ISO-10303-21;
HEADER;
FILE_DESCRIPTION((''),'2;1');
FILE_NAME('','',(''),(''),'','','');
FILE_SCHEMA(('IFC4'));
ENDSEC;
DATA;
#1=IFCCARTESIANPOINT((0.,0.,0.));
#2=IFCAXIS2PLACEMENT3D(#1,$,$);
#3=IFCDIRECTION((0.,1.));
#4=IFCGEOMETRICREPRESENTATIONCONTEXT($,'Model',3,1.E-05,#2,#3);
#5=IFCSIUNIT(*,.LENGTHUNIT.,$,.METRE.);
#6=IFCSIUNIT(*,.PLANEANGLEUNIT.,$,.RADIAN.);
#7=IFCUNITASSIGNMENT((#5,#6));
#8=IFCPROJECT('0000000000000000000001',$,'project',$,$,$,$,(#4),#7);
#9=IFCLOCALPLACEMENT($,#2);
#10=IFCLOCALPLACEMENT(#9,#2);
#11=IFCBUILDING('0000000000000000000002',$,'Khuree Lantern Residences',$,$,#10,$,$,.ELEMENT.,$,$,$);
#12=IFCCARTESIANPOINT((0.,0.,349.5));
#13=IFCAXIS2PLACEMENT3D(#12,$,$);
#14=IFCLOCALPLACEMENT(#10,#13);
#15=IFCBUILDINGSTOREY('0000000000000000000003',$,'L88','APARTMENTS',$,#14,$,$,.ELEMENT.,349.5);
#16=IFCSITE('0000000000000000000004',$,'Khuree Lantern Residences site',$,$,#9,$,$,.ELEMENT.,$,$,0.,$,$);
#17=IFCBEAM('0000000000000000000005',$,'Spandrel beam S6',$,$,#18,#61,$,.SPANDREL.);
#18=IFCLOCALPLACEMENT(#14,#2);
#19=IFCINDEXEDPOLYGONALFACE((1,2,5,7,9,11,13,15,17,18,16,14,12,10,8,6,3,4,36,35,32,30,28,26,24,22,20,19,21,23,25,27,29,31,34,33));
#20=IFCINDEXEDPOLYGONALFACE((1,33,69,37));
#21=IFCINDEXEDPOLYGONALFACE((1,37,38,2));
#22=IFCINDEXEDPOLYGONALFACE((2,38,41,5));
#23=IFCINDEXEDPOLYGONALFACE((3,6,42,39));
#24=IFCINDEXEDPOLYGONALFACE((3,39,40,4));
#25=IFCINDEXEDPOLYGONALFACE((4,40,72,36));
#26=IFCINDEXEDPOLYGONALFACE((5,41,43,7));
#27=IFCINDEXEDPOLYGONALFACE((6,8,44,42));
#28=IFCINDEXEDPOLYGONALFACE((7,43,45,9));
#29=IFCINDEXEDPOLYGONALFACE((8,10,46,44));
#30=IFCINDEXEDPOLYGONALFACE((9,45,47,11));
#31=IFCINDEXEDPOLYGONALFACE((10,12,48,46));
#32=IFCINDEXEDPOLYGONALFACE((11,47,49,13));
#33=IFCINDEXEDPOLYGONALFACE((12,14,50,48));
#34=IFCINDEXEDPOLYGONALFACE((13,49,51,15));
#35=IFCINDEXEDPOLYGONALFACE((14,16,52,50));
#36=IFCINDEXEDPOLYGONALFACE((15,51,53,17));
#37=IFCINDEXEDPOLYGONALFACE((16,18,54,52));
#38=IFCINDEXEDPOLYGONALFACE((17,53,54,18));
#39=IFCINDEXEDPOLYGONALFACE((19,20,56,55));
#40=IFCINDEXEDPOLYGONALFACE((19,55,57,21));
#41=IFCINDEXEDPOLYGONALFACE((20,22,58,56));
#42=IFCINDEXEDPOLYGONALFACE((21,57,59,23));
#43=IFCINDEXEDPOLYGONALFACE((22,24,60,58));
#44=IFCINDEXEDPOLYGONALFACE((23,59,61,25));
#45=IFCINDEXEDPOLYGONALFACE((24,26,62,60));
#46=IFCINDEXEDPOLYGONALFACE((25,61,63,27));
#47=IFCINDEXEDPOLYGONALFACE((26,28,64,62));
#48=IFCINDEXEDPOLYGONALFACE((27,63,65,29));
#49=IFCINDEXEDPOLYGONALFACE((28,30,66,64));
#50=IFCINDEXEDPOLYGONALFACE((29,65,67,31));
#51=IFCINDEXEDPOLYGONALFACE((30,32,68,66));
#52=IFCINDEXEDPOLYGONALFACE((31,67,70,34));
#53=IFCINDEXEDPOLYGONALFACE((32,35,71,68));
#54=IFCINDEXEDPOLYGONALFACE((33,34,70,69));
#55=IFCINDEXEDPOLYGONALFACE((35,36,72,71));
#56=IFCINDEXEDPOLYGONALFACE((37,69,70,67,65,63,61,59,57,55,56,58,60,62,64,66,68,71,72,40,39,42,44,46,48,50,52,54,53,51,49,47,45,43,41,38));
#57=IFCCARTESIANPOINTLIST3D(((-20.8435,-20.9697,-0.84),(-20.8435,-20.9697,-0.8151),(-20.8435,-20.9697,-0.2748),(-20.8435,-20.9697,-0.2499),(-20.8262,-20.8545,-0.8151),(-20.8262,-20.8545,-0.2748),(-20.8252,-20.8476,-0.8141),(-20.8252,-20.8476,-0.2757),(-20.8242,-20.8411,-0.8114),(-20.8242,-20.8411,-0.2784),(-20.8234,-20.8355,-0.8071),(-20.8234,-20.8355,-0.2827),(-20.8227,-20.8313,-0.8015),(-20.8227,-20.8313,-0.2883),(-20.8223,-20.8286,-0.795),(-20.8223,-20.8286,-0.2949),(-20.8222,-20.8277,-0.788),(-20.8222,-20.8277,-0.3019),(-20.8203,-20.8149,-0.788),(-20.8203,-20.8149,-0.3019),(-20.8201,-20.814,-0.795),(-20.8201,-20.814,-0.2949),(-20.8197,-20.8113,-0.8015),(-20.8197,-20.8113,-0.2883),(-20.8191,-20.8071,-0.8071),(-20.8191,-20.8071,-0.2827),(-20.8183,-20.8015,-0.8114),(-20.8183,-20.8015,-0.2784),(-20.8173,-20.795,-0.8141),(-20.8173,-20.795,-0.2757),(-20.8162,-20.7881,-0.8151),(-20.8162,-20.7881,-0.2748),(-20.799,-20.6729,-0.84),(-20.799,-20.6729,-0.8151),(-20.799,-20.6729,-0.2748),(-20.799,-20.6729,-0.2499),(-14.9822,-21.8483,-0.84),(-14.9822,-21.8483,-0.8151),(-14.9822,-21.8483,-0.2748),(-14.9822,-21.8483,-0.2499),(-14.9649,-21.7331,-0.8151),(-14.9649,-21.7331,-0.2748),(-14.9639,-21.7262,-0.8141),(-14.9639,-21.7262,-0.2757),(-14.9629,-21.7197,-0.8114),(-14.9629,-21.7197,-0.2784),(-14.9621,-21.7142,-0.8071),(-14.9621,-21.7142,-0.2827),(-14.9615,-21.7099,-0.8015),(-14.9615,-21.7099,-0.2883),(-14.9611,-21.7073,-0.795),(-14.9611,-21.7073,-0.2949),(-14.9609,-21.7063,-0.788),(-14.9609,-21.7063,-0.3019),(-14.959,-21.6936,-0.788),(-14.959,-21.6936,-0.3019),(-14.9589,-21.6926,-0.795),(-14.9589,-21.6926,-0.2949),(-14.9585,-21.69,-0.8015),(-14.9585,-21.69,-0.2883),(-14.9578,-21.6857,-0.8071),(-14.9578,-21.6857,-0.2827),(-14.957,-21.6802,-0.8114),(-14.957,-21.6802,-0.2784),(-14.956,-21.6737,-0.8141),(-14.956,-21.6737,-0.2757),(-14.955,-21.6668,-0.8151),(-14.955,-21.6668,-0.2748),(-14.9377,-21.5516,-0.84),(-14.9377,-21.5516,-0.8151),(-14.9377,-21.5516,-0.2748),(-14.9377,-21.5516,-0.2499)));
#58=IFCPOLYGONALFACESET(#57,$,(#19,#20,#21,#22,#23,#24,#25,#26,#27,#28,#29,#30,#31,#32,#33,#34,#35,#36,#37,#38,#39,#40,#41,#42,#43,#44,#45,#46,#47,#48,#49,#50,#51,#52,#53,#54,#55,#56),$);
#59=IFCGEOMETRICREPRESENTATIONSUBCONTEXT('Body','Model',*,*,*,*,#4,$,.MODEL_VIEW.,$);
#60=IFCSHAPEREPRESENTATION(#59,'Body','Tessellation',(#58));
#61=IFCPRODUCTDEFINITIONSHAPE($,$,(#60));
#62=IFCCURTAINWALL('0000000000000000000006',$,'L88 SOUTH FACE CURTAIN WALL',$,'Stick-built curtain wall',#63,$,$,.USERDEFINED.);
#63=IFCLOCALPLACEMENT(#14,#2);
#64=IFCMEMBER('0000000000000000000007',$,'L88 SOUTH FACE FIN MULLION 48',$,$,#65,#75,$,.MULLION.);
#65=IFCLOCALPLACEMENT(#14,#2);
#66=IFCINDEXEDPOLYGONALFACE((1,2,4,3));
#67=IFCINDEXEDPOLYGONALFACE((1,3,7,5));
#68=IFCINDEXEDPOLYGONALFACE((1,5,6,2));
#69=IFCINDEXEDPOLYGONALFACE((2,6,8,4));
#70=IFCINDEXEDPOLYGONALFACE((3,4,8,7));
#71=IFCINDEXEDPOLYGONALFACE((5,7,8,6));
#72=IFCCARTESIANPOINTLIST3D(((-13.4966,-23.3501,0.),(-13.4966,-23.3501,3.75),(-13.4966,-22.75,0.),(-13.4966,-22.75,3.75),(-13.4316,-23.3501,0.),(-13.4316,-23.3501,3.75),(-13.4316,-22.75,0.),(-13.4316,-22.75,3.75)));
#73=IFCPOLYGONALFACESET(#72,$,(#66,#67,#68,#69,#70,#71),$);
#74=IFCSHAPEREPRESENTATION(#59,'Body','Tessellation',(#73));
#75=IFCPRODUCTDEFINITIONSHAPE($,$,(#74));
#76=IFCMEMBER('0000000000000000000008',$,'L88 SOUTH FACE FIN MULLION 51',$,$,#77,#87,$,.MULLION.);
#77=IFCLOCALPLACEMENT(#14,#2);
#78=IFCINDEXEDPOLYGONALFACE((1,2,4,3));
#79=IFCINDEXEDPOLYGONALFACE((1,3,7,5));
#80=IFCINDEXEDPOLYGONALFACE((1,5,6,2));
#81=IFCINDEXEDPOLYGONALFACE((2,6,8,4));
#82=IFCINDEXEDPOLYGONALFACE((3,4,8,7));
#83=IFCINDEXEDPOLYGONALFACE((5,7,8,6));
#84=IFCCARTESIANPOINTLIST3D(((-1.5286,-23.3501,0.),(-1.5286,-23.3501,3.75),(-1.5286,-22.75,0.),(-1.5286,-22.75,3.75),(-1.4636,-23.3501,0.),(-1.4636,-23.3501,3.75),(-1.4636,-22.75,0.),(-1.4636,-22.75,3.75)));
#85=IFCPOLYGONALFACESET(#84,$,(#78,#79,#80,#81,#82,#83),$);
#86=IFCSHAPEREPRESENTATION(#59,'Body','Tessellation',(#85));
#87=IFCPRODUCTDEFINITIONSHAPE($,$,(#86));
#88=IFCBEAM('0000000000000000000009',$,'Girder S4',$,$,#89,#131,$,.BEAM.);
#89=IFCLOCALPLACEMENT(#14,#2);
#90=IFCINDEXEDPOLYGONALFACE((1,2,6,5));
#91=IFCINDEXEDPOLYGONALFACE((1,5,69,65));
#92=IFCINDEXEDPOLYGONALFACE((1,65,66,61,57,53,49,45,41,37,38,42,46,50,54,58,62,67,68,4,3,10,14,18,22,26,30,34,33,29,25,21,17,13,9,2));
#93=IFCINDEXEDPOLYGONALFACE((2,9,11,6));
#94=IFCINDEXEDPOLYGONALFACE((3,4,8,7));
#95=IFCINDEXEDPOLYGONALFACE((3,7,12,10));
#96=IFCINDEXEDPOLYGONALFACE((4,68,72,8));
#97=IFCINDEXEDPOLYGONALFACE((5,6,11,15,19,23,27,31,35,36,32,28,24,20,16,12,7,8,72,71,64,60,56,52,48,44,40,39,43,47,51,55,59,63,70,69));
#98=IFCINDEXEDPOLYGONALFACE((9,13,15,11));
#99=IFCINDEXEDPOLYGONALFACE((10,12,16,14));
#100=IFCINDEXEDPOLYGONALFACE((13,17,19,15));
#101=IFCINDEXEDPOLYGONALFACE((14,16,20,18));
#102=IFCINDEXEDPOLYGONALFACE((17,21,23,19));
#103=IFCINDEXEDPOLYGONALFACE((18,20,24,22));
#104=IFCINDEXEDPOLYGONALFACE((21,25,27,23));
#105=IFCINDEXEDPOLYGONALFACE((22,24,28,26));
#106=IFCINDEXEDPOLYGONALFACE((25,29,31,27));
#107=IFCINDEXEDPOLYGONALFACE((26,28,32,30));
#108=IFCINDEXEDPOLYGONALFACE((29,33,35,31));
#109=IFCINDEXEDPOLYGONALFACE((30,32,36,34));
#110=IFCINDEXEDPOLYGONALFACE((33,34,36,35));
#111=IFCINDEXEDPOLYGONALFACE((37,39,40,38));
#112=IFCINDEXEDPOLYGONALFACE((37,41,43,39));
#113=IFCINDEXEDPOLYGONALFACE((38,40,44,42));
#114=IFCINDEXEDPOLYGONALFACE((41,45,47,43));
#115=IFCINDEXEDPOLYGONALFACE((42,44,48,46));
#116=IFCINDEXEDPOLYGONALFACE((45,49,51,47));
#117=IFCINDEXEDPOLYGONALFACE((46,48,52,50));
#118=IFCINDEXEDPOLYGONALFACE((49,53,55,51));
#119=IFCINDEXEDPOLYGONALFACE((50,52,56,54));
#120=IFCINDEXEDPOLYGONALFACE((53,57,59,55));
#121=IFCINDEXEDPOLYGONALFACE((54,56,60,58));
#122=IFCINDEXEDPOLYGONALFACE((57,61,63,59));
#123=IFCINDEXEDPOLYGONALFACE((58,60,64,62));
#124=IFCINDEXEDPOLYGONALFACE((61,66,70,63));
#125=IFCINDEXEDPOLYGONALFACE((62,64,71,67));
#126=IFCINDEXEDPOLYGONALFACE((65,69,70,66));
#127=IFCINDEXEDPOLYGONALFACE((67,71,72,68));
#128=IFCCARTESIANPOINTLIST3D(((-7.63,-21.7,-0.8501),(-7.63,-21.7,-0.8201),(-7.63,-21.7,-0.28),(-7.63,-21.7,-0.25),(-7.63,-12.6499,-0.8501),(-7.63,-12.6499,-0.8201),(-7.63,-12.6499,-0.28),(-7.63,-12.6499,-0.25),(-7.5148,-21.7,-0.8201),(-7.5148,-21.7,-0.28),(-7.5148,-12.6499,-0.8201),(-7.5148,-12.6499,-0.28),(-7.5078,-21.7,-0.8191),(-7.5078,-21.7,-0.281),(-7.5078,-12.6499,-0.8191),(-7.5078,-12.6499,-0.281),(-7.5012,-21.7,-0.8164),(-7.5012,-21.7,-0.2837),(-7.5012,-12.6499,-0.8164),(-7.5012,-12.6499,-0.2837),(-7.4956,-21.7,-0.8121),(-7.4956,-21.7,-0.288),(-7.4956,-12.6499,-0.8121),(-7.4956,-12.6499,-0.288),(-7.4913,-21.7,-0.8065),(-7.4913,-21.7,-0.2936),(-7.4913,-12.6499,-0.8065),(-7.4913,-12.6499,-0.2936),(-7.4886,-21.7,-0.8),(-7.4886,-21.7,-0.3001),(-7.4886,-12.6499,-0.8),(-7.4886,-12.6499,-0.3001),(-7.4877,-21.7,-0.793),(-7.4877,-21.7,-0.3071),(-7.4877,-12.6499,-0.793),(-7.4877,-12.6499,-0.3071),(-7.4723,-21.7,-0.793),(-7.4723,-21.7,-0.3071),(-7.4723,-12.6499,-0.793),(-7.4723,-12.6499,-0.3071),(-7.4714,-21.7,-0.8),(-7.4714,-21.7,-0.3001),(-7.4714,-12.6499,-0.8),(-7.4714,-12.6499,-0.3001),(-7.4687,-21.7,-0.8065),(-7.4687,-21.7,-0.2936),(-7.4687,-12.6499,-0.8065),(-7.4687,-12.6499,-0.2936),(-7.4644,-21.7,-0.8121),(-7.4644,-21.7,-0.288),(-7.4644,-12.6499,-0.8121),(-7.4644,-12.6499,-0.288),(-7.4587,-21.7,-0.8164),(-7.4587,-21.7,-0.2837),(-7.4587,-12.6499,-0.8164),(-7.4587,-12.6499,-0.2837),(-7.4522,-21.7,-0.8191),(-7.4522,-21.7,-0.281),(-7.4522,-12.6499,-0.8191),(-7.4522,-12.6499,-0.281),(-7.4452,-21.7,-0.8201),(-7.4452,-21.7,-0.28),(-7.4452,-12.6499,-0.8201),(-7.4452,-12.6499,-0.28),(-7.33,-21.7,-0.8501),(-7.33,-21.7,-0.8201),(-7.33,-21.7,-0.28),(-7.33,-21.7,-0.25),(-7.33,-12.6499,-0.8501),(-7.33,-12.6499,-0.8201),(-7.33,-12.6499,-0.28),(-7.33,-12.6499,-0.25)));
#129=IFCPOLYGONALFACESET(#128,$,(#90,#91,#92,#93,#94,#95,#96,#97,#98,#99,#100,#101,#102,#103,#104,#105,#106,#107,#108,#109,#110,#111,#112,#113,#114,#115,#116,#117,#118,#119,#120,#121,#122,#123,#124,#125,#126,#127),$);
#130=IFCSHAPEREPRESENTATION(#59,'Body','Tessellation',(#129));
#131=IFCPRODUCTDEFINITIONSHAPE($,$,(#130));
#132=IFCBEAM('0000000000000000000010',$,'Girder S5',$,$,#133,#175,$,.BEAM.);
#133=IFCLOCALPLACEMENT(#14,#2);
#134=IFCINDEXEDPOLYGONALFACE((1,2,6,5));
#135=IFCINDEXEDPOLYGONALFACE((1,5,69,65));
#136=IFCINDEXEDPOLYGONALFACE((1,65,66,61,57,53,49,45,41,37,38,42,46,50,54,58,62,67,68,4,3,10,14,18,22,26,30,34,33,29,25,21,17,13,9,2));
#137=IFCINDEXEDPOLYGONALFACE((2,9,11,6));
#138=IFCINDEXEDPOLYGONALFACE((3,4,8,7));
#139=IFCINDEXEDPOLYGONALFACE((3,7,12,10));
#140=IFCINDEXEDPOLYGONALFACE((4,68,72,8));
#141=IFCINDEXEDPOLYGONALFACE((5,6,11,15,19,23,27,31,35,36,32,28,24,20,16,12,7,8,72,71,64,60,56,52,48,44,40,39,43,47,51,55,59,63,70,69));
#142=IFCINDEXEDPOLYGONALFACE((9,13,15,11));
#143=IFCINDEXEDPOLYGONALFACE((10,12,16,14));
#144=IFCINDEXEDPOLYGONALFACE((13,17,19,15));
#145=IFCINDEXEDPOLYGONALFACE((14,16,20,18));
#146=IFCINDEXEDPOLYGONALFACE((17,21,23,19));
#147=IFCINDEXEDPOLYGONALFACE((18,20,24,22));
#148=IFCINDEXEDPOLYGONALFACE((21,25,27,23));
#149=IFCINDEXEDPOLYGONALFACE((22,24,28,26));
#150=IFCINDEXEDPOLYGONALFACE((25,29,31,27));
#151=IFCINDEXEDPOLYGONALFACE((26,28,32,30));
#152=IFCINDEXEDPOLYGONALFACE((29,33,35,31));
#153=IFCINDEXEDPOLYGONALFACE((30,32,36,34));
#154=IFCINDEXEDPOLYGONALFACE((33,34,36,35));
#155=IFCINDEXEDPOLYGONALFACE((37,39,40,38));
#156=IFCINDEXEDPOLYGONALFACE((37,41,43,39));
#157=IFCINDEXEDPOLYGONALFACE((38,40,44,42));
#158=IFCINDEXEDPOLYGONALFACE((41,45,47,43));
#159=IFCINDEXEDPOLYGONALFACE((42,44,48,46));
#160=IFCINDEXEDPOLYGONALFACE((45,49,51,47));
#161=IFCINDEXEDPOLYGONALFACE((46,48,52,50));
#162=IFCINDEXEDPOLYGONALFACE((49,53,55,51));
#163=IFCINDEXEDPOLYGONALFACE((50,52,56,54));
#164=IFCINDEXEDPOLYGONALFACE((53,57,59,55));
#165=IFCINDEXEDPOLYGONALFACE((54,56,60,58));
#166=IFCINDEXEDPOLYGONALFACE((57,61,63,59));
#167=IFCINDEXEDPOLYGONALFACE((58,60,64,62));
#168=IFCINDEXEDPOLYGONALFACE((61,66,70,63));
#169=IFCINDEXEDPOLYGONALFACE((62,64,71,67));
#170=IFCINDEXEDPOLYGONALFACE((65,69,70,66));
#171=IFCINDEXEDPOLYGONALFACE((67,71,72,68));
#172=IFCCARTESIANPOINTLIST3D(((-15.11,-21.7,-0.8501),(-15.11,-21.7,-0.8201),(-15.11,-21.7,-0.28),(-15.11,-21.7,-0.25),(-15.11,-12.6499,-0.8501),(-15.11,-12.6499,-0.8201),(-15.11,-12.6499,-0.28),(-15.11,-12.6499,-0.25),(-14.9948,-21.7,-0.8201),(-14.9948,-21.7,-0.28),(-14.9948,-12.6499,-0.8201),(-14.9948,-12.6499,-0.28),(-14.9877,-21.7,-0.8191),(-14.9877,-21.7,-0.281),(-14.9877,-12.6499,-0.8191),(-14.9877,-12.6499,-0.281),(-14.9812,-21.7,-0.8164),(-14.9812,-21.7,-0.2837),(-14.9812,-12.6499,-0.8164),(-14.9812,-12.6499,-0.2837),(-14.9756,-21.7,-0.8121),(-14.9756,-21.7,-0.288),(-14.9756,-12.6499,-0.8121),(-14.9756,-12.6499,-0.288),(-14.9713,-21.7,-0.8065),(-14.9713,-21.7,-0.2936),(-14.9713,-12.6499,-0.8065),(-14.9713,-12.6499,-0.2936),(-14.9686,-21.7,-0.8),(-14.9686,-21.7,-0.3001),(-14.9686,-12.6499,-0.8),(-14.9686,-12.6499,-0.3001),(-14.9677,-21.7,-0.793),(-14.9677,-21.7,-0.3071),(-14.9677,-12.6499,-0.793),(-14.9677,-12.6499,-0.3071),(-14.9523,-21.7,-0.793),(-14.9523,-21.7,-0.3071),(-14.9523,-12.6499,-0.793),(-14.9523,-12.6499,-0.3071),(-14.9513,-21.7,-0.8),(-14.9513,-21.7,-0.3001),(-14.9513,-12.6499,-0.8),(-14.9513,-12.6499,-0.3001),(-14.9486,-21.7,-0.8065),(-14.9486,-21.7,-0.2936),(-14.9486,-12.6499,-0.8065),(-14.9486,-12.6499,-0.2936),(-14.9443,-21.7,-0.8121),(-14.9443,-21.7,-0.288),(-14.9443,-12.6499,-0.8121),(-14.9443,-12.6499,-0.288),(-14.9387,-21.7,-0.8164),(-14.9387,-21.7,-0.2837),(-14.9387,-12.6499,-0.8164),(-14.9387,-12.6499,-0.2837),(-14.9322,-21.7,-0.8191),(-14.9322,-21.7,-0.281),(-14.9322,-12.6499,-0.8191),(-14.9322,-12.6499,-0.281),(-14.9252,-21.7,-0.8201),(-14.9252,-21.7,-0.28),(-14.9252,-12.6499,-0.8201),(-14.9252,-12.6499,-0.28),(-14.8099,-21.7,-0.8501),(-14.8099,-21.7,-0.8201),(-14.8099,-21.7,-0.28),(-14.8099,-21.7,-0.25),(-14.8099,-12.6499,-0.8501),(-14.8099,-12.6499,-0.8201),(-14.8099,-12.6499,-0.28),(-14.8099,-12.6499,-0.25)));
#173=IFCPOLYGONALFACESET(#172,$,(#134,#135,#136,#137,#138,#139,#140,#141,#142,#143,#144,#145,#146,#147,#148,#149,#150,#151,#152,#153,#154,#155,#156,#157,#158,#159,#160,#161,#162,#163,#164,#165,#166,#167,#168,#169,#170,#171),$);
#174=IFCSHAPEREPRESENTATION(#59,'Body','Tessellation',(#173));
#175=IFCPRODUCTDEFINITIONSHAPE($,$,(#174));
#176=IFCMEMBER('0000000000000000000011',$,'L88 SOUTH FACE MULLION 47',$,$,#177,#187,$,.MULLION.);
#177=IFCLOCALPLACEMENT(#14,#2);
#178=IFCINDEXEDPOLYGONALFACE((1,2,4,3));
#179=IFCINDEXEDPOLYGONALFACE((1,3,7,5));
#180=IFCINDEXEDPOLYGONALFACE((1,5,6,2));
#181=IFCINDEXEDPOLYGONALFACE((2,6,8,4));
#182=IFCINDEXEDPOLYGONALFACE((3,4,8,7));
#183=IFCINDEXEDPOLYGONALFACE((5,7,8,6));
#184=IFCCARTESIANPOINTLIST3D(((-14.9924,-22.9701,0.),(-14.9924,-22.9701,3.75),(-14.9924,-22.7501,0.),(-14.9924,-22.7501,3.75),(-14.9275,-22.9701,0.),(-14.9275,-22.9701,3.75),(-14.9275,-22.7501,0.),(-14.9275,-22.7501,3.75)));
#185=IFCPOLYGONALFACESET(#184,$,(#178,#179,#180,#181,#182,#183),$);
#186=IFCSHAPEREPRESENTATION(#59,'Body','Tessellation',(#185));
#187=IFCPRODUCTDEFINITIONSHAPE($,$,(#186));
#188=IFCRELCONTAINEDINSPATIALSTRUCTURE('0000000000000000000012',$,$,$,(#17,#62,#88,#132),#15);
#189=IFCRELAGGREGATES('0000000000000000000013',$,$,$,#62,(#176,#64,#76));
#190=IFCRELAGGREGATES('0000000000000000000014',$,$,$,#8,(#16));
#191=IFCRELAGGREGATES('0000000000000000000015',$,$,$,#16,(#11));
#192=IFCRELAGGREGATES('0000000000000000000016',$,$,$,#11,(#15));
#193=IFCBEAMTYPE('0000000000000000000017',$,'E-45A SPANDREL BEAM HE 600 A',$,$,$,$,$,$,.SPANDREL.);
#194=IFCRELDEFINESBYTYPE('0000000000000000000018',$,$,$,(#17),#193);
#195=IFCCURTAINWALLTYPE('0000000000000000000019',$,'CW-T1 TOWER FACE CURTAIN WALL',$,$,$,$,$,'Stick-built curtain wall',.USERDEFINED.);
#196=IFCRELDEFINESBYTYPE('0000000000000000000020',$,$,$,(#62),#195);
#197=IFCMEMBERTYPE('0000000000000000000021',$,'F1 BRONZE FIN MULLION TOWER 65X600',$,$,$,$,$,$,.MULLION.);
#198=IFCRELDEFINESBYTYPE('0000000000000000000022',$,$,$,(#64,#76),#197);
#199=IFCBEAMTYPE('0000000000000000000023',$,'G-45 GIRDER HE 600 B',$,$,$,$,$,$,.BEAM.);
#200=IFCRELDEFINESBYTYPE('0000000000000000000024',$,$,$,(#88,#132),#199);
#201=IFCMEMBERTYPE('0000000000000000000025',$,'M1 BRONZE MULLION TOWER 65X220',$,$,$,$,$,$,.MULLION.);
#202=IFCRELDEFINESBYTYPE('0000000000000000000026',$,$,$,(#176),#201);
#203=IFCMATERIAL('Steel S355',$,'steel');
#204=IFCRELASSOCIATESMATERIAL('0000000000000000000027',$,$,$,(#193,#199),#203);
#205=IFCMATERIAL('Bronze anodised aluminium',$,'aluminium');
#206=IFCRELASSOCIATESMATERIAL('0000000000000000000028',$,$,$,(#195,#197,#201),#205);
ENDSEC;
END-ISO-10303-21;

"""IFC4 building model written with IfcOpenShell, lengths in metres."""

from ifc_helpers import new_model, si_unit, direction, frame, origin, origin_2d, place, context, subcontext, project, spatial, rectangle, i_section, extrude, material, material_profile, profile_set, type_object, element, aggregate, save


model = new_model("IFC4")

# Units and contexts
model_context = context("Model", 3, precision=1e-05, world=origin(), true_north=direction((0.0, 1.0)))
body_context = subcontext(model_context, "Body", "Model", "MODEL_VIEW")
ifc_project = project(units=[si_unit("LENGTHUNIT", "METRE"), si_unit("PLANEANGLEUNIT", "RADIAN")], contexts=[model_context])

# Site, building, storey
site_placement = place(None, origin())
site = spatial("IfcSite", under=ifc_project, at=site_placement, Name="Khuree Lantern Residences site", CompositionType="ELEMENT", RefElevation=0.0)
building_placement = place(site_placement, origin())
building = spatial("IfcBuilding", under=site, at=building_placement, Name="Khuree Lantern Residences", CompositionType="ELEMENT")
storey_placement = place(building_placement, frame((0.0, 0.0, 349.5)))
storey = spatial("IfcBuildingStorey", under=building, at=storey_placement, Name="L88", Description="APARTMENTS", CompositionType="ELEMENT", Elevation=349.5)

# Beam
ifc_material_1 = material(Name="Steel S355", Category="steel")
ifc_material_profile_1 = material_profile(ifc_material_1, i_section(OverallWidth=0.3, OverallDepth=0.5901, WebThickness=0.0129, FlangeThickness=0.0249, FilletRadius=0.0271, at=origin_2d()), Name="HE 600 A")
ifc_profile_set_1 = profile_set([ifc_material_profile_1], Name="Steel S355")
beam_type_1 = type_object("IfcBeamType", Name="E-45A SPANDREL BEAM HE 600 A", PredefinedType="SPANDREL", material=ifc_profile_set_1)
beam_1_placement = place(storey_placement, frame((-14.96, -21.7, -0.5449), z_axis=(-0.98895, 0.148252, 0.0), x_axis=(-0.148252, -0.98895, 0.0)))
element("IfcBeam", 1, at=beam_1_placement, inside=storey, type_object=beam_type_1, Name="Spandrel beam S6", PredefinedType="SPANDREL", context=body_context, shape_type="SweptSolid", body=[
    extrude(i_section(OverallWidth=0.3, OverallDepth=0.5901, WebThickness=0.0129, FlangeThickness=0.0249, FilletRadius=0.0271, at=origin_2d()), origin(), (0.0, 0.0, 1.0), 5.9268),
])

# Curtain wall, members
ifc_material_2 = material(Name="Bronze anodised aluminium", Category="aluminium")
curtain_wall_type = type_object("IfcCurtainWallType", Name="CW-T1 TOWER FACE CURTAIN WALL", ElementType="Stick-built curtain wall", PredefinedType="USERDEFINED", material=ifc_material_2)
curtain_wall_placement = place(storey_placement, origin())
curtain_wall = element("IfcCurtainWall", 2, at=curtain_wall_placement, inside=storey, type_object=curtain_wall_type, Name="L88 SOUTH FACE CURTAIN WALL", ObjectType="Stick-built curtain wall", PredefinedType="USERDEFINED")
ifc_material_profile_2 = material_profile(ifc_material_2, rectangle(XDim=0.0649, YDim=0.6001, at=origin_2d()), Name="F1 65X600")
ifc_profile_set_2 = profile_set([ifc_material_profile_2], Name="Bronze anodised aluminium")
member_type_1 = type_object("IfcMemberType", Name="F1 BRONZE FIN MULLION TOWER 65X600", PredefinedType="MULLION", material=ifc_profile_set_2)
member_1_placement = place(storey_placement, frame((-13.4641, -23.05, 0.0), z_axis=(0.0, 0.0, 1.0), x_axis=(1.0, 0.0, 0.0)))
member_1 = element("IfcMember", 3, at=member_1_placement, type_object=member_type_1, Name="L88 SOUTH FACE FIN MULLION 48", PredefinedType="MULLION", context=body_context, shape_type="SweptSolid", body=[
    extrude(rectangle(XDim=0.0649, YDim=0.6001, at=origin_2d()), origin(), (0.0, 0.0, 1.0), 3.75),
])
member_2_placement = place(storey_placement, frame((-1.4961, -23.05, 0.0), z_axis=(0.0, 0.0, 1.0), x_axis=(1.0, 0.0, 0.0)))
member_2 = element("IfcMember", 4, at=member_2_placement, type_object=member_type_1, Name="L88 SOUTH FACE FIN MULLION 51", PredefinedType="MULLION", context=body_context, shape_type="SweptSolid", body=[
    extrude(rectangle(XDim=0.0649, YDim=0.6001, at=origin_2d()), origin(), (0.0, 0.0, 1.0), 3.75),
])

# Beams
ifc_material_profile_3 = material_profile(ifc_material_1, i_section(OverallWidth=0.3, OverallDepth=0.6001, WebThickness=0.0154, FlangeThickness=0.03, FilletRadius=0.0271, at=origin_2d()), Name="HE 600 B")
ifc_profile_set_3 = profile_set([ifc_material_profile_3], Name="Steel S355")
beam_type_2 = type_object("IfcBeamType", Name="G-45 GIRDER HE 600 B", PredefinedType="BEAM", material=ifc_profile_set_3)
for number, where, z_axis, x_axis, name in (
    (5, (-7.48, -21.7, -0.55), (0.0, 1.0, 0.0), (-1.0, 0.0, 0.0), "Girder S4"),
    (6, (-14.96, -21.7, -0.55), (0.0, 1.0, 0.0), (-1.0, 0.0, 0.0), "Girder S5"),
):
    element("IfcBeam", number, at=place(storey_placement, frame(where, z_axis=z_axis, x_axis=x_axis)), inside=storey, type_object=beam_type_2, Name=name, PredefinedType="BEAM", context=body_context, shape_type="SweptSolid", body=[
        extrude(i_section(OverallWidth=0.3, OverallDepth=0.6001, WebThickness=0.0154, FlangeThickness=0.03, FilletRadius=0.0271, at=origin_2d()), origin(), (0.0, 0.0, 1.0), 9.05),
    ])

# Member
ifc_material_profile_4 = material_profile(ifc_material_2, rectangle(XDim=0.0649, YDim=0.22, at=origin_2d()), Name="M1 65X220")
ifc_profile_set_4 = profile_set([ifc_material_profile_4], Name="Bronze anodised aluminium")
member_type_2 = type_object("IfcMemberType", Name="M1 BRONZE MULLION TOWER 65X220", PredefinedType="MULLION", material=ifc_profile_set_4)
member_3_placement = place(storey_placement, frame((-14.96, -22.8601, 0.0), z_axis=(0.0, 0.0, 1.0), x_axis=(1.0, 0.0, 0.0)))
member_3 = element("IfcMember", 7, at=member_3_placement, type_object=member_type_2, Name="L88 SOUTH FACE MULLION 47", PredefinedType="MULLION", context=body_context, shape_type="SweptSolid", body=[
    extrude(rectangle(XDim=0.0649, YDim=0.22, at=origin_2d()), origin(), (0.0, 0.0, 1.0), 3.75),
])

aggregate(curtain_wall, [member_3, member_1, member_2])

save(model, "model.ifc")
